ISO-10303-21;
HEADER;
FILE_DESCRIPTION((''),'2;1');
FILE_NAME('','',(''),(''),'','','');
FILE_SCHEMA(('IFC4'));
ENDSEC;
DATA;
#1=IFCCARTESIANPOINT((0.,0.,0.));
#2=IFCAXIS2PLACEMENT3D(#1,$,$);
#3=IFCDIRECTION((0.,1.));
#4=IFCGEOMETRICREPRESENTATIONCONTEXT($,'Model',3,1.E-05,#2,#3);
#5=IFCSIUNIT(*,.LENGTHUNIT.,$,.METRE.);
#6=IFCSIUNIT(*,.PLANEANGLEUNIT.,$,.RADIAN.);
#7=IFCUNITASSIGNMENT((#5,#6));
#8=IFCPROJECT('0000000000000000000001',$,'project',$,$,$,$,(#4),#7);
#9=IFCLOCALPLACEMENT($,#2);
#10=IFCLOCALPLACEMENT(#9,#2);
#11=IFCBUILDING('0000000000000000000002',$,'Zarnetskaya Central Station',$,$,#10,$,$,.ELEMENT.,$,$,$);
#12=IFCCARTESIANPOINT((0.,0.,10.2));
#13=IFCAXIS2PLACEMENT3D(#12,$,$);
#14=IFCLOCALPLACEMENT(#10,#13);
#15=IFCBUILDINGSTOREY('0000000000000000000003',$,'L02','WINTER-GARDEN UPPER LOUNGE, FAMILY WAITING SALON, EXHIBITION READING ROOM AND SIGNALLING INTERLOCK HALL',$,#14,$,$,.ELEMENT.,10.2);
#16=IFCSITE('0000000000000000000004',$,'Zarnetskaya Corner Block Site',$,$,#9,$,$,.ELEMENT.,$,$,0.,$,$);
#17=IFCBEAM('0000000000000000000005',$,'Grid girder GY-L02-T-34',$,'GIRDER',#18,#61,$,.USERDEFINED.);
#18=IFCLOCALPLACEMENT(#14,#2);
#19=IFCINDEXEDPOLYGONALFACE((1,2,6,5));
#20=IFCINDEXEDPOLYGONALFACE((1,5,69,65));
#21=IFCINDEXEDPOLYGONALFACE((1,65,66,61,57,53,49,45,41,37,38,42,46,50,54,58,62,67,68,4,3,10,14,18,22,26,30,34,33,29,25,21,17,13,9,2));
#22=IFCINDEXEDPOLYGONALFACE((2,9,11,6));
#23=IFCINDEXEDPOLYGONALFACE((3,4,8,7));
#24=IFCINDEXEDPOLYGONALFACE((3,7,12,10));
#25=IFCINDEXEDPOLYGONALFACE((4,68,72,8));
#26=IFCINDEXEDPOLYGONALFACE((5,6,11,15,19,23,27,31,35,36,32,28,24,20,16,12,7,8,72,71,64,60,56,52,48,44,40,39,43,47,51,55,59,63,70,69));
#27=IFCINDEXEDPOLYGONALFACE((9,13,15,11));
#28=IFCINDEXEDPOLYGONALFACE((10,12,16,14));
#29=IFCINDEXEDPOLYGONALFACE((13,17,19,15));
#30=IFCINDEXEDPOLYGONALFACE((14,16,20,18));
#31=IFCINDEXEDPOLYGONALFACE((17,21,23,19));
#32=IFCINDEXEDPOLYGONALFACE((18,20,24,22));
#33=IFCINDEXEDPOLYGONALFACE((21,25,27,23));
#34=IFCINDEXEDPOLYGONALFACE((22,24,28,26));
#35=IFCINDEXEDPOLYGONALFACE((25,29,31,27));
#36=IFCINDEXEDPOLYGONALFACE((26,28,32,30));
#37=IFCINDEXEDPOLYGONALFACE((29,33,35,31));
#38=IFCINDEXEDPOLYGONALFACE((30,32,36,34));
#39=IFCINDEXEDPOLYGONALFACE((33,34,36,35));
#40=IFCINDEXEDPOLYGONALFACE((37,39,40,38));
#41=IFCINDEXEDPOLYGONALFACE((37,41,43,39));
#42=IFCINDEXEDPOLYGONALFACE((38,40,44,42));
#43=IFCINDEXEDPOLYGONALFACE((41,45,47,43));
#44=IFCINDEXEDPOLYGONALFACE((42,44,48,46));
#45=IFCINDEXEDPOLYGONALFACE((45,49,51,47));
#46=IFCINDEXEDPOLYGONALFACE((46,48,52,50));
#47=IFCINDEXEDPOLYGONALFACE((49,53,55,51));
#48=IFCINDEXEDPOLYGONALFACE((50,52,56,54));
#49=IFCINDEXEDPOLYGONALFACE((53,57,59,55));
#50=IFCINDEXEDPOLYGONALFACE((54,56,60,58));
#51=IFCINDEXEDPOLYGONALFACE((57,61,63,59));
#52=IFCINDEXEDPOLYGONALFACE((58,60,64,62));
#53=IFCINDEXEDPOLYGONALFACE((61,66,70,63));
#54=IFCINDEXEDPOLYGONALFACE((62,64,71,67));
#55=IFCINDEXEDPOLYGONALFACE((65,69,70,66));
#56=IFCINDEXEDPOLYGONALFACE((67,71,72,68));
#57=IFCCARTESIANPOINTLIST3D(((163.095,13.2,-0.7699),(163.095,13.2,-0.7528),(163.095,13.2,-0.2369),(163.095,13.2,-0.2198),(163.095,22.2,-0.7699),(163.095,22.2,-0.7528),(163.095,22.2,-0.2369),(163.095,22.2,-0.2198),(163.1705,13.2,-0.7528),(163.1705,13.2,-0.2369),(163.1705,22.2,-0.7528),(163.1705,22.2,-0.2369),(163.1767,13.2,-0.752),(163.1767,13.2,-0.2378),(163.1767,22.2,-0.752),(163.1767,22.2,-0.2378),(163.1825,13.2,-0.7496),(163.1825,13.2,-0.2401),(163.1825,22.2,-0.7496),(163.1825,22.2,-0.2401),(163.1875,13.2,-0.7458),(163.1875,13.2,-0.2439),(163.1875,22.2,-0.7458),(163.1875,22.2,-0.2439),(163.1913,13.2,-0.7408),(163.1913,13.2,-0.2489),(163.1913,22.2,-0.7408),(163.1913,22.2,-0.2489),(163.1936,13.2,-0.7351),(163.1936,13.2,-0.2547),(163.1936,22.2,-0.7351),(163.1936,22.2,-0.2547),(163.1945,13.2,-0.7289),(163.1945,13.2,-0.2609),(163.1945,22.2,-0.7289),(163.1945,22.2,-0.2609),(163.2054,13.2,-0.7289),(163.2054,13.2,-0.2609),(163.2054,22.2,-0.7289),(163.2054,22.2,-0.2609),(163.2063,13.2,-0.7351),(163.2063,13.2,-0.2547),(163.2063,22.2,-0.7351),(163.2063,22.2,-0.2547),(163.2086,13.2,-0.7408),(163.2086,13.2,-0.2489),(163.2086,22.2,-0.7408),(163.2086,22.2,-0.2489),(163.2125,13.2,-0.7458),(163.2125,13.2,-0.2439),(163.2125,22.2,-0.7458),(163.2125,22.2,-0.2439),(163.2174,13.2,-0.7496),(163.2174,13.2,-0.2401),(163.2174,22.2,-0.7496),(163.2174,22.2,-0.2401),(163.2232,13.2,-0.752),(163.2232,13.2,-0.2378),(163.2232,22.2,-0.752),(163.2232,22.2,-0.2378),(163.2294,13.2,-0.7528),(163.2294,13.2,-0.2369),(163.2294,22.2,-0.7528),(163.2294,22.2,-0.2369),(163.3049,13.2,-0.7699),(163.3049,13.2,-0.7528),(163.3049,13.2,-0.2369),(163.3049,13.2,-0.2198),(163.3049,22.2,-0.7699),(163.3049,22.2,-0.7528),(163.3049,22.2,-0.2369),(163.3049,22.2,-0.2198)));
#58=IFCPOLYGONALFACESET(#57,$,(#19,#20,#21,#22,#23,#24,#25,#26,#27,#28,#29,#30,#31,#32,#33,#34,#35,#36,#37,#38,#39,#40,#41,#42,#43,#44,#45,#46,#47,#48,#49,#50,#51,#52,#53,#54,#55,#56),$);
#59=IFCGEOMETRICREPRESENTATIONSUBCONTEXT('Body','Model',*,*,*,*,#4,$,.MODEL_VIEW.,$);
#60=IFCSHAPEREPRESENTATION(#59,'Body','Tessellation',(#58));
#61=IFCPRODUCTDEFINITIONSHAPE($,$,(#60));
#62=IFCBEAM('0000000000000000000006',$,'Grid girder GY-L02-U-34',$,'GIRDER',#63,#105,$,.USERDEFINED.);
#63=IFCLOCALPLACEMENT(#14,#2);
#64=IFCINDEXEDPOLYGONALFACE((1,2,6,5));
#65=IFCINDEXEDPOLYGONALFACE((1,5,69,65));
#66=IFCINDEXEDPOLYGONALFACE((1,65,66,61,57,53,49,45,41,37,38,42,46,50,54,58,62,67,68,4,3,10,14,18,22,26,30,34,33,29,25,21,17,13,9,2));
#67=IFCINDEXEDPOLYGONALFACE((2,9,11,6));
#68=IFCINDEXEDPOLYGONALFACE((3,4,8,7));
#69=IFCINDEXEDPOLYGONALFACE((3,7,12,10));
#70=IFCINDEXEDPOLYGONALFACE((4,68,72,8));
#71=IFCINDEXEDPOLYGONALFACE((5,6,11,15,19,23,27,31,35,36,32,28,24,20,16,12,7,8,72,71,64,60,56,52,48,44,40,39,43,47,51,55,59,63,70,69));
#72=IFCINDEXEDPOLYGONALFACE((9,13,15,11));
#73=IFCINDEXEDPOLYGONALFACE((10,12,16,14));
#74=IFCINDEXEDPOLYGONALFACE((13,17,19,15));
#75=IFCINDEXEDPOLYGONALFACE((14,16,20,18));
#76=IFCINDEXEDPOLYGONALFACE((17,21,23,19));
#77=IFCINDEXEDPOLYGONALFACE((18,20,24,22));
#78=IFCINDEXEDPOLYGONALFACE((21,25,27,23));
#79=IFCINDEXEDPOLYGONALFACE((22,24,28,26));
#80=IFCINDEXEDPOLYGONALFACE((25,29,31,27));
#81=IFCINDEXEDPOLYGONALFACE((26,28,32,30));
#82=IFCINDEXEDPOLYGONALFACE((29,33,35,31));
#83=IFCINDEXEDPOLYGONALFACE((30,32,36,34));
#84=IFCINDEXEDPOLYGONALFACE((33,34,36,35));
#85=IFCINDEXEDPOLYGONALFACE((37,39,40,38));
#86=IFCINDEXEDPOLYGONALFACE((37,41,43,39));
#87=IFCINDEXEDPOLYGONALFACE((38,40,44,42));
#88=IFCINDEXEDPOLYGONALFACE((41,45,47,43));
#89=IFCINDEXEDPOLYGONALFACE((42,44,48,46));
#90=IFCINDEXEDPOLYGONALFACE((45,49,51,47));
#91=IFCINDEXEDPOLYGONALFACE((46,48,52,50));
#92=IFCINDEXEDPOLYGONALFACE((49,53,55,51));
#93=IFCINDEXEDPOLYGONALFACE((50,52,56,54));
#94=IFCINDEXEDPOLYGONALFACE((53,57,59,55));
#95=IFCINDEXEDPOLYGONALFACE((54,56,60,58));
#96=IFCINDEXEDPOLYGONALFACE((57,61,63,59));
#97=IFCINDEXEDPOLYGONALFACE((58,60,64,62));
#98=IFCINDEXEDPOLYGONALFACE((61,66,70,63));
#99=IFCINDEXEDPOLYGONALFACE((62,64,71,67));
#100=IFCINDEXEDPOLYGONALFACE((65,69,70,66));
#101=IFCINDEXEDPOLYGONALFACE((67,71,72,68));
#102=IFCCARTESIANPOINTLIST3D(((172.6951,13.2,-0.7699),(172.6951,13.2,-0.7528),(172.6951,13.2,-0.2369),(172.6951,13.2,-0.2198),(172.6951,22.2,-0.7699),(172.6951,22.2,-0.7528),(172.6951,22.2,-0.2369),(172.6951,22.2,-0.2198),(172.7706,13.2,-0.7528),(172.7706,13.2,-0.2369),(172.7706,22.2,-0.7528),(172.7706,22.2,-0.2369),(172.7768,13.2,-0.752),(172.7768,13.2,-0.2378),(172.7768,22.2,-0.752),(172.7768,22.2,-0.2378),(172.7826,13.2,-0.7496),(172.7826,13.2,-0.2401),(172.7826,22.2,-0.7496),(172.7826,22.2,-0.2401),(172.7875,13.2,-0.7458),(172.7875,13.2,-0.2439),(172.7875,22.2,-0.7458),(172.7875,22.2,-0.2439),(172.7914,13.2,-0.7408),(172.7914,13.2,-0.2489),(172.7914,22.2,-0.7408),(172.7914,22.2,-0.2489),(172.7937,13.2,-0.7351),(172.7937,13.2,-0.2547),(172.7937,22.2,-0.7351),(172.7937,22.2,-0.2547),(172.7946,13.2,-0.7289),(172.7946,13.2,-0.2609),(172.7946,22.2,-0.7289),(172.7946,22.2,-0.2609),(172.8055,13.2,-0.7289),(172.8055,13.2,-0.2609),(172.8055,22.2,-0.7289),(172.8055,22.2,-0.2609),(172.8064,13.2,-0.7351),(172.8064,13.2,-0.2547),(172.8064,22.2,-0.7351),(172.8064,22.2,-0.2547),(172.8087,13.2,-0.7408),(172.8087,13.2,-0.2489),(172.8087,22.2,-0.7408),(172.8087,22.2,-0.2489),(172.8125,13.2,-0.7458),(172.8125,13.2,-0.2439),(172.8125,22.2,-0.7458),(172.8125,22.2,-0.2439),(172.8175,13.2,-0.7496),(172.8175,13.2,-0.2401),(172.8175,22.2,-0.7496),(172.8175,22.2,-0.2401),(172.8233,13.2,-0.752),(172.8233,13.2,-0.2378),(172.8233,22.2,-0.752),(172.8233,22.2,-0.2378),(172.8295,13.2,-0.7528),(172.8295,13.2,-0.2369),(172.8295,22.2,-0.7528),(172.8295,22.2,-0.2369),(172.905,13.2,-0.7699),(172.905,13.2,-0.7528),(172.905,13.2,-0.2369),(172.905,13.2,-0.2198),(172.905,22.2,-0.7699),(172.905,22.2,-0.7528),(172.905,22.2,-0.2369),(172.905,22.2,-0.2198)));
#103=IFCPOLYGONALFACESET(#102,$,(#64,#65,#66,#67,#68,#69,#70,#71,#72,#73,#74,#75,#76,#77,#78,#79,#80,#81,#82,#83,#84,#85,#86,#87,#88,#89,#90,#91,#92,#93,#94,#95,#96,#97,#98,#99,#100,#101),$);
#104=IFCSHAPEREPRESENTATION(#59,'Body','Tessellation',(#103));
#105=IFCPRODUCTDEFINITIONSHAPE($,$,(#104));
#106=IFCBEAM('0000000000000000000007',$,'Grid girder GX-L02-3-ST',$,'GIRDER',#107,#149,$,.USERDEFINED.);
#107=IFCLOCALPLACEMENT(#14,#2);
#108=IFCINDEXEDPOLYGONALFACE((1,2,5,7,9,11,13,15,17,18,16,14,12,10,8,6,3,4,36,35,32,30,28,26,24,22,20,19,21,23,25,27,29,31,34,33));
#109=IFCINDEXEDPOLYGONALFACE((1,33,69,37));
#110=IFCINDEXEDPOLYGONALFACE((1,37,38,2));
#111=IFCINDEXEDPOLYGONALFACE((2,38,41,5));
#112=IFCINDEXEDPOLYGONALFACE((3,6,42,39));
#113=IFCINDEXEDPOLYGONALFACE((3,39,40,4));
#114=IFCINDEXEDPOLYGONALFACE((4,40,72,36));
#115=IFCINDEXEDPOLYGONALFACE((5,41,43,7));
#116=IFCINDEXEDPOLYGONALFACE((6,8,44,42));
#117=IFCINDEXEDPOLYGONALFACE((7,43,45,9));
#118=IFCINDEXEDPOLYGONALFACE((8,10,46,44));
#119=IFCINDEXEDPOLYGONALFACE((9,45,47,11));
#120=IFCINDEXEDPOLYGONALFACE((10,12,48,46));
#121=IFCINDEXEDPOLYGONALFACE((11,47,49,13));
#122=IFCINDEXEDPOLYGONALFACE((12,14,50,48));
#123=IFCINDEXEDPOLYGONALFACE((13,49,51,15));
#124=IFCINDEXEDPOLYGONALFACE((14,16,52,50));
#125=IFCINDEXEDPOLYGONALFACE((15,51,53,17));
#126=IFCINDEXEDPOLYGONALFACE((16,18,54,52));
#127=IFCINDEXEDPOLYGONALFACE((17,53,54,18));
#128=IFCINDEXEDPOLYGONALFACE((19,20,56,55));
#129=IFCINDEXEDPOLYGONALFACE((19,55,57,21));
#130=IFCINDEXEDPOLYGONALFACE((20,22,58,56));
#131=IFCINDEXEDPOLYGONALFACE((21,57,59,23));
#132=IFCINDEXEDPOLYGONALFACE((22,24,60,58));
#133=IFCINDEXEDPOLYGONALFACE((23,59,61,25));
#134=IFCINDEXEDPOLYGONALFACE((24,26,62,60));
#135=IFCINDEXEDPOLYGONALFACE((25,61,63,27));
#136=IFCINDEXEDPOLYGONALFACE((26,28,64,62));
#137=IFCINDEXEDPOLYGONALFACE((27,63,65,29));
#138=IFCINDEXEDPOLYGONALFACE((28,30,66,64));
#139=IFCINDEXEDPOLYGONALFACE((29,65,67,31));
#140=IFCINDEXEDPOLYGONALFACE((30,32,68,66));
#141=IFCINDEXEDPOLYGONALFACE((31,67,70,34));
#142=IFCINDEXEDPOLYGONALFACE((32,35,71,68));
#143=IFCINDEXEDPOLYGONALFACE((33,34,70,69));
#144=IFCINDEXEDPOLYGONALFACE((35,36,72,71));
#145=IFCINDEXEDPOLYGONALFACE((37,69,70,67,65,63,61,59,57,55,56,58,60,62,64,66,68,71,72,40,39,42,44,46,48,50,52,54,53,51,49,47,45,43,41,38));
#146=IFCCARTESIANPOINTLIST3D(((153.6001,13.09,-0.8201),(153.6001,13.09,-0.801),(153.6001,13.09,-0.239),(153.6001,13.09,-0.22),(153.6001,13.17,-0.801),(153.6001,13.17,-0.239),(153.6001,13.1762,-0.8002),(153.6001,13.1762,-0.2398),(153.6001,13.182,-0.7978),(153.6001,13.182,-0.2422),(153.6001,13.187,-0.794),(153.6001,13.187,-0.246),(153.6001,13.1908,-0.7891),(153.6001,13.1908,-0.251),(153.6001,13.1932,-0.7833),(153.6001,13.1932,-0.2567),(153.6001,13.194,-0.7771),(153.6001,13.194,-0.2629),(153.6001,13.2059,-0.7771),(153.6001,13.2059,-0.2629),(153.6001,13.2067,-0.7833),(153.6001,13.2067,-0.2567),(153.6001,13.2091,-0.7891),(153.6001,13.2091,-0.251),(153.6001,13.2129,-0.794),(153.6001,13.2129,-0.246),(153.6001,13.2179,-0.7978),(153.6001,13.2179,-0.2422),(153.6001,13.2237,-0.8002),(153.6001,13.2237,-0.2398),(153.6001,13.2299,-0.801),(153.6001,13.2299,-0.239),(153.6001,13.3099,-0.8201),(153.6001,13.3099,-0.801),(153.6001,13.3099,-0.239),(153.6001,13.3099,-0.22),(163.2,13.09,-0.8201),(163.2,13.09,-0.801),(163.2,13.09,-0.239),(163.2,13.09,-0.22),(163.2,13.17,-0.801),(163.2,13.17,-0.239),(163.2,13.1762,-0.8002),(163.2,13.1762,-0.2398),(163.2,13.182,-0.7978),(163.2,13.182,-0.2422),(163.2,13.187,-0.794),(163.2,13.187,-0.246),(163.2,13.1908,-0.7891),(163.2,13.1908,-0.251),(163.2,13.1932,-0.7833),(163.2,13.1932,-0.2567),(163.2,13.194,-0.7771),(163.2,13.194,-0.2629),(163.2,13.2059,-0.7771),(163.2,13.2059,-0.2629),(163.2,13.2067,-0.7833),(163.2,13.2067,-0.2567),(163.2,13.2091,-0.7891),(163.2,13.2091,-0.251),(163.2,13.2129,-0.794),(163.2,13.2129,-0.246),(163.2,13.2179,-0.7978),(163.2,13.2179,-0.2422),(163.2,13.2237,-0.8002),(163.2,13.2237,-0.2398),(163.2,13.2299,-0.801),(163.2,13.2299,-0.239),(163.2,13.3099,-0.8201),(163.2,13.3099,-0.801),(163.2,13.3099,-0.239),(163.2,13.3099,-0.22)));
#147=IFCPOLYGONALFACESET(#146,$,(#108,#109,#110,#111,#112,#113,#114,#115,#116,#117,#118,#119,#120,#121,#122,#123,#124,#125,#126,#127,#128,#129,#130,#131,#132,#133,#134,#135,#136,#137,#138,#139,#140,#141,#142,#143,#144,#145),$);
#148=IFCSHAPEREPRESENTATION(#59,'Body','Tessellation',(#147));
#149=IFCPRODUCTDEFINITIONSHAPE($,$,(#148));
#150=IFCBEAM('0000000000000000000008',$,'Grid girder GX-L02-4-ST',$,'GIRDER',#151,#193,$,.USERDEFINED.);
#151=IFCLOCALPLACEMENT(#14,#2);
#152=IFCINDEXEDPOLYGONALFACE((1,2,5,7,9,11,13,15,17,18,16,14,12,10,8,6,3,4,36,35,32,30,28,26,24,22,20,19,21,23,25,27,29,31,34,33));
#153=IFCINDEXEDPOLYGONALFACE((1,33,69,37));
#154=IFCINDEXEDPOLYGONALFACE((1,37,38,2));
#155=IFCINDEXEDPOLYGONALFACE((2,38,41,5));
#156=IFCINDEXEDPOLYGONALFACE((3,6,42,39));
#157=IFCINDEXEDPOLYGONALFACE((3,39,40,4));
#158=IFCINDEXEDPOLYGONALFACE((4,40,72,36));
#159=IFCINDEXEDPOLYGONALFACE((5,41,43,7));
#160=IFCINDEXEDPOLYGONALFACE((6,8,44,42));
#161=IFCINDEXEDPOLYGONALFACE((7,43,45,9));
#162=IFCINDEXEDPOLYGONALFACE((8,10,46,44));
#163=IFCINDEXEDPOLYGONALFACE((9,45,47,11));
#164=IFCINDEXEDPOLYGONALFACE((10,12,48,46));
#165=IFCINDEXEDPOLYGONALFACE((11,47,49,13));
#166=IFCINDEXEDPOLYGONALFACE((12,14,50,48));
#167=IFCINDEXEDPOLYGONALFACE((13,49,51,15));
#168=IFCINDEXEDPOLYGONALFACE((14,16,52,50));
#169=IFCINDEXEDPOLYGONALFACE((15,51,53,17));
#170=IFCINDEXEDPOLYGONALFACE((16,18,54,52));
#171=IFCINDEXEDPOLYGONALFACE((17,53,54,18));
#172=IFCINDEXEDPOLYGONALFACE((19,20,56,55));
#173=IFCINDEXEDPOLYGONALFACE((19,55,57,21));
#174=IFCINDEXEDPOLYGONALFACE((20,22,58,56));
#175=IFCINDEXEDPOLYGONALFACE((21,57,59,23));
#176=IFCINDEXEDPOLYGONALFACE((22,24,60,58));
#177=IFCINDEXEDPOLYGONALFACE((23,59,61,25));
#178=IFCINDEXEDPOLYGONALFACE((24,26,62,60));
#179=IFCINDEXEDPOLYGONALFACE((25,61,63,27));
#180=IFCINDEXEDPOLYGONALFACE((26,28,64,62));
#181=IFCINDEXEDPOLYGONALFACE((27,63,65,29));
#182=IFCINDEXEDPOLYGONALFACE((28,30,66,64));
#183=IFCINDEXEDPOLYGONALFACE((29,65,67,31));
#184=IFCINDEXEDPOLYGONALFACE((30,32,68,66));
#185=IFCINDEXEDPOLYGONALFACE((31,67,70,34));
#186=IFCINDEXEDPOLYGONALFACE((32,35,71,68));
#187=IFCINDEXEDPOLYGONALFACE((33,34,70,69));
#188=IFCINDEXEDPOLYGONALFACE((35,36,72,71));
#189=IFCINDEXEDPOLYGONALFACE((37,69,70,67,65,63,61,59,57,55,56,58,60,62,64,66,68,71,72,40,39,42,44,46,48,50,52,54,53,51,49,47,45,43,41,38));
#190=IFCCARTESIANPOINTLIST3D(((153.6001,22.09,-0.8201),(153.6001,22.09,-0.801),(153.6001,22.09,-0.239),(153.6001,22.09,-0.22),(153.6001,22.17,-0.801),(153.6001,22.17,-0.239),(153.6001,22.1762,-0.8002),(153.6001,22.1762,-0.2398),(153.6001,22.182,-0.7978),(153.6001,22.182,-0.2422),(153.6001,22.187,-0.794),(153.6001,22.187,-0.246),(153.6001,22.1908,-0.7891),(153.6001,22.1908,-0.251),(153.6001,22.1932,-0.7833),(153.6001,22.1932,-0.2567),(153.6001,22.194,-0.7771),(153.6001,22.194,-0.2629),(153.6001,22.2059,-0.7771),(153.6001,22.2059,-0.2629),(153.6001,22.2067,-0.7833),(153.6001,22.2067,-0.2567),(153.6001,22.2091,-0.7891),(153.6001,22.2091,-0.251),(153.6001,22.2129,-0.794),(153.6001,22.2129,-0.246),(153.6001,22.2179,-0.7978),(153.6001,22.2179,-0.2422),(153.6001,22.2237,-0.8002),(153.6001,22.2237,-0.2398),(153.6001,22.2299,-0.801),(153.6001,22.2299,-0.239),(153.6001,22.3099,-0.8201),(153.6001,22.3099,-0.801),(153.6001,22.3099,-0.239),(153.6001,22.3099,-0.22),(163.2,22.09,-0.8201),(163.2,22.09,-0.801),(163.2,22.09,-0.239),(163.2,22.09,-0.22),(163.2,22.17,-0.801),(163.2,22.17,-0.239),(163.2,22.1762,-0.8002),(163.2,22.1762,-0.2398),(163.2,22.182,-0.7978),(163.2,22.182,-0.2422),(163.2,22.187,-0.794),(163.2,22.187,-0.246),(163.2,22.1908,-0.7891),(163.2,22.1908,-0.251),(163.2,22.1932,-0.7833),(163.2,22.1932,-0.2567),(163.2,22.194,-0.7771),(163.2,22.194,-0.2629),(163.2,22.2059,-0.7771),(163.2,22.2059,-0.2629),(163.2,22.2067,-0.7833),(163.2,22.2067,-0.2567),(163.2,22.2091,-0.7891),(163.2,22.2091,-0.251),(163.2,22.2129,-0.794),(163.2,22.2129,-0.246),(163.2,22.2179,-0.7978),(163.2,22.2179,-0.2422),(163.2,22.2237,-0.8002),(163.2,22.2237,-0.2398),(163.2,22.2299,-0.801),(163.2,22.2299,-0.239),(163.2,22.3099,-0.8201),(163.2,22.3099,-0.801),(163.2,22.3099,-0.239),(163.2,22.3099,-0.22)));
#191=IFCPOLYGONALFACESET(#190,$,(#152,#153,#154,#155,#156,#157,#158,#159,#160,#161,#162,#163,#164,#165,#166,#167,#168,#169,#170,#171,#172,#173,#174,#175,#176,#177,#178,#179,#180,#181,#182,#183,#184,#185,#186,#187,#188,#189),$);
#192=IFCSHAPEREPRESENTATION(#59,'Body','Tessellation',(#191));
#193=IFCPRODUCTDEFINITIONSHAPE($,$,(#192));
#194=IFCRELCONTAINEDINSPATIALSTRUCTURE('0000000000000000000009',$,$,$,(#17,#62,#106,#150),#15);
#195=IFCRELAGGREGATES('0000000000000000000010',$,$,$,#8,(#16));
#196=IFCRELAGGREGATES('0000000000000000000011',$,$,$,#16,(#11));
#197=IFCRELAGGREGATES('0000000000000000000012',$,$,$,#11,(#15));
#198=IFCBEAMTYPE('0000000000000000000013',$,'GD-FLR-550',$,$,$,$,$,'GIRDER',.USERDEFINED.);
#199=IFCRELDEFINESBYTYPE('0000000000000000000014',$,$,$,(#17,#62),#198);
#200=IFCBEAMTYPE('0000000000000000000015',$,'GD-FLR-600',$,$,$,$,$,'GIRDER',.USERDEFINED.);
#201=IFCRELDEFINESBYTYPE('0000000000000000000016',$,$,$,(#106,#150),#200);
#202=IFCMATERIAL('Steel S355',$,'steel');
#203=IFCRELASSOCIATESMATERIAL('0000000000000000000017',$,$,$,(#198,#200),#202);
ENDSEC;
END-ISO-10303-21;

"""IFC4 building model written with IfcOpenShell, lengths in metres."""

from ifc_helpers import new_model, si_unit, direction, frame, origin, origin_2d, place, context, subcontext, project, spatial, i_section, extrude, material, material_profile, profile_set, type_object, element, save


model = new_model("IFC4")

# Units and contexts
model_context = context("Model", 3, precision=1e-05, world=origin(), true_north=direction((0.0, 1.0)))
body_context = subcontext(model_context, "Body", "Model", "MODEL_VIEW")
ifc_project = project(units=[si_unit("LENGTHUNIT", "METRE"), si_unit("PLANEANGLEUNIT", "RADIAN")], contexts=[model_context])

# Site, building, storey
site_placement = place(None, origin())
site = spatial("IfcSite", under=ifc_project, at=site_placement, Name="Zarnetskaya Corner Block Site", CompositionType="ELEMENT", RefElevation=0.0)
building_placement = place(site_placement, origin())
building = spatial("IfcBuilding", under=site, at=building_placement, Name="Zarnetskaya Central Station", CompositionType="ELEMENT")
storey_placement = place(building_placement, frame((0.0, 0.0, 10.2)))
storey = spatial("IfcBuildingStorey", under=building, at=storey_placement, Name="L02", Description="WINTER-GARDEN UPPER LOUNGE, FAMILY WAITING SALON, EXHIBITION READING ROOM AND SIGNALLING INTERLOCK HALL", CompositionType="ELEMENT", Elevation=10.2)

# Shared definitions
ifc_material_1 = material(Name="Steel S355", Category="steel")

# Beams
ifc_material_profile_1 = material_profile(ifc_material_1, i_section(OverallWidth=0.21, OverallDepth=0.55, WebThickness=0.011, FlangeThickness=0.0171, FilletRadius=0.0239, at=origin_2d()), Name="IPE 550")
ifc_profile_set_1 = profile_set([ifc_material_profile_1], Name="Steel S355")
beam_type_1 = type_object("IfcBeamType", Name="GD-FLR-550", ElementType="GIRDER", PredefinedType="USERDEFINED", material=ifc_profile_set_1)
for number, where, z_axis, x_axis, name in (
    (1, (163.2, 13.2, -0.4949), (0.0, 1.0, 0.0), (-1.0, 0.0, 0.0), "Grid girder GY-L02-T-34"),
    (2, (172.8, 13.2, -0.4949), (0.0, 1.0, 0.0), (-1.0, 0.0, 0.0), "Grid girder GY-L02-U-34"),
):
    element("IfcBeam", number, at=place(storey_placement, frame(where, z_axis=z_axis, x_axis=x_axis)), inside=storey, type_object=beam_type_1, Name=name, ObjectType="GIRDER", PredefinedType="USERDEFINED", context=body_context, shape_type="SweptSolid", body=[
        extrude(i_section(OverallWidth=0.21, OverallDepth=0.55, WebThickness=0.011, FlangeThickness=0.0171, FilletRadius=0.0239, at=origin_2d()), origin(), (0.0, 0.0, 1.0), 9.0),
    ])
ifc_material_profile_2 = material_profile(ifc_material_1, i_section(OverallWidth=0.22, OverallDepth=0.6001, WebThickness=0.012, FlangeThickness=0.019, FilletRadius=0.0239, at=origin_2d()), Name="IPE 600")
ifc_profile_set_2 = profile_set([ifc_material_profile_2], Name="Steel S355")
beam_type_2 = type_object("IfcBeamType", Name="GD-FLR-600", ElementType="GIRDER", PredefinedType="USERDEFINED", material=ifc_profile_set_2)
for number, where, z_axis, x_axis, name in (
    (3, (153.6001, 13.2, -0.52), (1.0, 0.0, 0.0), (0.0, 1.0, 0.0), "Grid girder GX-L02-3-ST"),
    (4, (153.6001, 22.2, -0.52), (1.0, 0.0, 0.0), (0.0, 1.0, 0.0), "Grid girder GX-L02-4-ST"),
):
    element("IfcBeam", number, at=place(storey_placement, frame(where, z_axis=z_axis, x_axis=x_axis)), inside=storey, type_object=beam_type_2, Name=name, ObjectType="GIRDER", PredefinedType="USERDEFINED", context=body_context, shape_type="SweptSolid", body=[
        extrude(i_section(OverallWidth=0.22, OverallDepth=0.6001, WebThickness=0.012, FlangeThickness=0.019, FilletRadius=0.0239, at=origin_2d()), origin(), (0.0, 0.0, 1.0), 9.5999),
    ])

save(model, "model.ifc")
